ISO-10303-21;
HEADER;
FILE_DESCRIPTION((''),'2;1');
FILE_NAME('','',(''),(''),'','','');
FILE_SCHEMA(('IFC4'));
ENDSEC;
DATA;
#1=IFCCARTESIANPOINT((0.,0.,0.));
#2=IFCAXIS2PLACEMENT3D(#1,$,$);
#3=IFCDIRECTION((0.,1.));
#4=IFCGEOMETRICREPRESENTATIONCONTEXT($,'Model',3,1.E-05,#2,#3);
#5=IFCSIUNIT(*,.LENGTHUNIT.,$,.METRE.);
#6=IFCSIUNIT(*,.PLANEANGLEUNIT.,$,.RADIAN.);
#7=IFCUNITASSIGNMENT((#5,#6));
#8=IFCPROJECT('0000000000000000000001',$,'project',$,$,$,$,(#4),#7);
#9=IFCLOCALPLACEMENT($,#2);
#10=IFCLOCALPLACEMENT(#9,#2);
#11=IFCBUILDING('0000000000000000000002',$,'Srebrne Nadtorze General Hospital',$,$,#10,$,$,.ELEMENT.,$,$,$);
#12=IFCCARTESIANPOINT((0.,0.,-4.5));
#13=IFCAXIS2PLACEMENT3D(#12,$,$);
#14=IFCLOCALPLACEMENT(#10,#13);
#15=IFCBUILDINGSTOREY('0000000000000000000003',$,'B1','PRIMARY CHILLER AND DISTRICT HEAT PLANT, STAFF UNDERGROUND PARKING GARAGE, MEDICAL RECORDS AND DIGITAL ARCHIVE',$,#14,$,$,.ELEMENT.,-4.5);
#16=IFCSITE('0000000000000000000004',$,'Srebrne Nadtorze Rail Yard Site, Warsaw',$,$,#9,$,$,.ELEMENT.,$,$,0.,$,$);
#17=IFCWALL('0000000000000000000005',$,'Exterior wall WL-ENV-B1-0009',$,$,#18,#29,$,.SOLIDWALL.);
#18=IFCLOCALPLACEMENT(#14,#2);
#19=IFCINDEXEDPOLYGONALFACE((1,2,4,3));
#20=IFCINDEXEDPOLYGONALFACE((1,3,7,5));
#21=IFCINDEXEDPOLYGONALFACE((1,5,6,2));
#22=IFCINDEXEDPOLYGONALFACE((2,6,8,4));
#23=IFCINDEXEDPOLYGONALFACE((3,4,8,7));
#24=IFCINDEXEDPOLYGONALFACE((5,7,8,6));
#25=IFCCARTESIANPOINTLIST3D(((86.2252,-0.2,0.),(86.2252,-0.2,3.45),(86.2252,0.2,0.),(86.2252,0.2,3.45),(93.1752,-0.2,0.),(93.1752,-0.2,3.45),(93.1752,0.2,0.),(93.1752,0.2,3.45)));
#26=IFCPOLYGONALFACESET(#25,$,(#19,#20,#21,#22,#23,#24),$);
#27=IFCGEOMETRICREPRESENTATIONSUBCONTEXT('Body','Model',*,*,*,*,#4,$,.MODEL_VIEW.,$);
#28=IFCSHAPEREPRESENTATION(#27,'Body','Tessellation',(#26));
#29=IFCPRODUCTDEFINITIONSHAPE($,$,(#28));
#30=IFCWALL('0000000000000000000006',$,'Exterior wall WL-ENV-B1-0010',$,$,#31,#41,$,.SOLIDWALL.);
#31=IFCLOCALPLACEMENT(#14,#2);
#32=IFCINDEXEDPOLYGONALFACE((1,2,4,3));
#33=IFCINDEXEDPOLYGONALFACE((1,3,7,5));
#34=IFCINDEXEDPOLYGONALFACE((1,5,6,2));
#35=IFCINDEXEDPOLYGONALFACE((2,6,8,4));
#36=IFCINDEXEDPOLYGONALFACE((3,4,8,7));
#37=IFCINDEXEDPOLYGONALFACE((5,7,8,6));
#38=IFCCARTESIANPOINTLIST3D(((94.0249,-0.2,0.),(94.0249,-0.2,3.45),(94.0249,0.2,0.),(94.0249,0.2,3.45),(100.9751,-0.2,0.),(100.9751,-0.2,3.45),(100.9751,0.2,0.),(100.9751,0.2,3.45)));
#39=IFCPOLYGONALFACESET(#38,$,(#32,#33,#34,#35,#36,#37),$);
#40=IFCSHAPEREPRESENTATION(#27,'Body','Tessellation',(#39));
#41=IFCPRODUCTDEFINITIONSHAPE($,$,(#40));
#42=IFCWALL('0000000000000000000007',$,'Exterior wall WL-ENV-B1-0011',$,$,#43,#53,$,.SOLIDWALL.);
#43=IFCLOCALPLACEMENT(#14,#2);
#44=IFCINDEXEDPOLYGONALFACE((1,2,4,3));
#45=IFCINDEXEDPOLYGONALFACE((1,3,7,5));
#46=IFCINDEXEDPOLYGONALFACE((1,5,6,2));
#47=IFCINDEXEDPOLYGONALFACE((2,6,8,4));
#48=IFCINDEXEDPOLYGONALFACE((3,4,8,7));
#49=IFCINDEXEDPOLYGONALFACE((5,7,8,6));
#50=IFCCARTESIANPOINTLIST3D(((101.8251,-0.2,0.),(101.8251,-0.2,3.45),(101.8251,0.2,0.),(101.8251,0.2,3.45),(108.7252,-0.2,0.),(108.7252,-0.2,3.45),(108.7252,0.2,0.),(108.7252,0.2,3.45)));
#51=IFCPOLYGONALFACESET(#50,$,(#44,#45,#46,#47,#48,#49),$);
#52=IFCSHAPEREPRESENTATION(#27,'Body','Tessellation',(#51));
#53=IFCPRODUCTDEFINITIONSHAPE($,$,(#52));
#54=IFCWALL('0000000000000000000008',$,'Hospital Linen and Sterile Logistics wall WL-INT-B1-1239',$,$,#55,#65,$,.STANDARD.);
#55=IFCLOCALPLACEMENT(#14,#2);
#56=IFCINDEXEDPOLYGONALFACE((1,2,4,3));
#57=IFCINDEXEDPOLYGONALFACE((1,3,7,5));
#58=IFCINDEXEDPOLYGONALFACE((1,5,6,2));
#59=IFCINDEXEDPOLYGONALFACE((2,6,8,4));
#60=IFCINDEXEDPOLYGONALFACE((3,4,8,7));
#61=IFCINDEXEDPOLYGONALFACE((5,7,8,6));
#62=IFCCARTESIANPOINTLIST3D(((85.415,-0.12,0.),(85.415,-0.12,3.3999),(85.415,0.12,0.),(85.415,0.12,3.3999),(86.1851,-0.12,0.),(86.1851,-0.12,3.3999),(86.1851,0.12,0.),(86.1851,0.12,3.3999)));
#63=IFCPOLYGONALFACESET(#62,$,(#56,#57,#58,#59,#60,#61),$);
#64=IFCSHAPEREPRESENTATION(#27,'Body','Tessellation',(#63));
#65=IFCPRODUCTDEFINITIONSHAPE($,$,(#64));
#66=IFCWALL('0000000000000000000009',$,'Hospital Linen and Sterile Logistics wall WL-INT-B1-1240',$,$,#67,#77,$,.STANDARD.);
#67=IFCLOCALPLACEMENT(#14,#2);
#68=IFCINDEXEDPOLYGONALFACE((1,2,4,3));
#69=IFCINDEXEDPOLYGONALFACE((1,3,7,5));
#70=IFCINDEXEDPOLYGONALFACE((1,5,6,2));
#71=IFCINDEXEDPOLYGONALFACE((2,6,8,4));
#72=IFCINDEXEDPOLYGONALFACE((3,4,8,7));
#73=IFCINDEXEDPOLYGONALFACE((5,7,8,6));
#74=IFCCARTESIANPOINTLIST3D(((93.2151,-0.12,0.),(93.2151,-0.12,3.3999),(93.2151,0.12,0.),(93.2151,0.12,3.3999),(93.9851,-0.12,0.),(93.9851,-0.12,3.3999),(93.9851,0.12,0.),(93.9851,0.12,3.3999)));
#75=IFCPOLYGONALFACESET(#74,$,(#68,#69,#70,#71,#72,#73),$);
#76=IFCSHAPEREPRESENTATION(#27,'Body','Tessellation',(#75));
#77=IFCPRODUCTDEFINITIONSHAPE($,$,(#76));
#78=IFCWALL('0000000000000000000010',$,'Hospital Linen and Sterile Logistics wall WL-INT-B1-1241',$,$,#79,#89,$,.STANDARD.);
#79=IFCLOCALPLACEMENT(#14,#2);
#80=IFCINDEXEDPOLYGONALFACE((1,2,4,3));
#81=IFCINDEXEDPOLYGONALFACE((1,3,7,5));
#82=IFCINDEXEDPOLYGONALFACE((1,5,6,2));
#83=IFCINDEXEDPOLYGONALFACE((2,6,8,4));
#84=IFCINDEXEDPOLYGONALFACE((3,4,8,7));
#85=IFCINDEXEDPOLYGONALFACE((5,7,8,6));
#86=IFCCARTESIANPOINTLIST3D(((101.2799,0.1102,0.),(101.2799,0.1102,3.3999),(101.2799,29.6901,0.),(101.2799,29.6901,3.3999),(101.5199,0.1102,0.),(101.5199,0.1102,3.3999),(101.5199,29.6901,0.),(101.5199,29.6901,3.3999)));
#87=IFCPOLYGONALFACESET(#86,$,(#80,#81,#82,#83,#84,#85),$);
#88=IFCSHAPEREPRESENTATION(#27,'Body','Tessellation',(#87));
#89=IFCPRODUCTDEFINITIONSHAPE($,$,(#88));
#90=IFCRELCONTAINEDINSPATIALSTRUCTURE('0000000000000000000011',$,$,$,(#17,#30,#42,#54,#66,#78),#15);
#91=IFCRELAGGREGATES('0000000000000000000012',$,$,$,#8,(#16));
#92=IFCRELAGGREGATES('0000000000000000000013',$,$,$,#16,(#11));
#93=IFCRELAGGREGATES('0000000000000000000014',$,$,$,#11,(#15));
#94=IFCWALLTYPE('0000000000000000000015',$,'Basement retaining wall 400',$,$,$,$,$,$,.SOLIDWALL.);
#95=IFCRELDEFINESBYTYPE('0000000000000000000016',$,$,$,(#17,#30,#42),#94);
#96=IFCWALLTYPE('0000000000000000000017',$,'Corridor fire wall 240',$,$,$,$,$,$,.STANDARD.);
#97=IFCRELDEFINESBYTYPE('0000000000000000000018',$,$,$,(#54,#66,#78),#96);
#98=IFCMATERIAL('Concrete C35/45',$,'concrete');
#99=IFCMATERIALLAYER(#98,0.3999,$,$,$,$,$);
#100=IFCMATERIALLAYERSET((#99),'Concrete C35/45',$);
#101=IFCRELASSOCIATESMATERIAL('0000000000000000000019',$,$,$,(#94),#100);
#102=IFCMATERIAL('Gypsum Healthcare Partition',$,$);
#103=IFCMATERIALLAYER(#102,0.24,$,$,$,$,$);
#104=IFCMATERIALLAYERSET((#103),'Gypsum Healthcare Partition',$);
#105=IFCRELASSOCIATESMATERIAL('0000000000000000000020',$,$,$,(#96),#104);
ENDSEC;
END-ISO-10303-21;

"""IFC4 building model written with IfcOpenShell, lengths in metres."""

from ifc_helpers import new_model, si_unit, direction, frame, frame_2d, origin, place, context, subcontext, project, spatial, rectangle, extrude, material, layer, layer_set, type_object, element, save


model = new_model("IFC4")

# Units and contexts
model_context = context("Model", 3, precision=1e-05, world=origin(), true_north=direction((0.0, 1.0)))
body_context = subcontext(model_context, "Body", "Model", "MODEL_VIEW")
ifc_project = project(units=[si_unit("LENGTHUNIT", "METRE"), si_unit("PLANEANGLEUNIT", "RADIAN")], contexts=[model_context])

# Site, building, storey
site_placement = place(None, origin())
site = spatial("IfcSite", under=ifc_project, at=site_placement, Name="Srebrne Nadtorze Rail Yard Site, Warsaw", CompositionType="ELEMENT", RefElevation=0.0)
building_placement = place(site_placement, origin())
building = spatial("IfcBuilding", under=site, at=building_placement, Name="Srebrne Nadtorze General Hospital", CompositionType="ELEMENT")
storey_placement = place(building_placement, frame((0.0, 0.0, -4.5)))
storey = spatial("IfcBuildingStorey", under=building, at=storey_placement, Name="B1", Description="PRIMARY CHILLER AND DISTRICT HEAT PLANT, STAFF UNDERGROUND PARKING GARAGE, MEDICAL RECORDS AND DIGITAL ARCHIVE", CompositionType="ELEMENT", Elevation=-4.5)

# Walls
ifc_material_1 = material(Name="Concrete C35/45", Category="concrete")
ifc_layer_1 = layer(ifc_material_1, 0.3999)
ifc_layer_set_1 = layer_set([ifc_layer_1], Name="Concrete C35/45")
wall_type_1 = type_object("IfcWallType", Name="Basement retaining wall 400", PredefinedType="SOLIDWALL", material=ifc_layer_set_1)
wall_1_placement = place(storey_placement, frame((86.2251, 0.0, 0.0), z_axis=(0.0, 0.0, 1.0), x_axis=(1.0, 0.0, 0.0)))
element("IfcWall", 1, at=wall_1_placement, inside=storey, type_object=wall_type_1, Name="Exterior wall WL-ENV-B1-0009", PredefinedType="SOLIDWALL", context=body_context, shape_type="SweptSolid", body=[
    extrude(rectangle(XDim=6.95, YDim=0.3999, at=frame_2d((3.4751, 0.0))), origin(), (0.0, 0.0, 1.0), 3.45),
])
wall_2_placement = place(storey_placement, frame((94.0249, 0.0, 0.0), z_axis=(0.0, 0.0, 1.0), x_axis=(1.0, 0.0, 0.0)))
element("IfcWall", 2, at=wall_2_placement, inside=storey, type_object=wall_type_1, Name="Exterior wall WL-ENV-B1-0010", PredefinedType="SOLIDWALL", context=body_context, shape_type="SweptSolid", body=[
    extrude(rectangle(XDim=6.9502, YDim=0.3999, at=frame_2d((3.4751, 0.0))), origin(), (0.0, 0.0, 1.0), 3.45),
])
wall_3_placement = place(storey_placement, frame((101.825, 0.0, 0.0), z_axis=(0.0, 0.0, 1.0), x_axis=(1.0, 0.0, 0.0)))
element("IfcWall", 3, at=wall_3_placement, inside=storey, type_object=wall_type_1, Name="Exterior wall WL-ENV-B1-0011", PredefinedType="SOLIDWALL", context=body_context, shape_type="SweptSolid", body=[
    extrude(rectangle(XDim=6.9001, YDim=0.3999, at=frame_2d((3.4502, 0.0))), origin(), (0.0, 0.0, 1.0), 3.45),
])
ifc_material_2 = material(Name="Gypsum Healthcare Partition")
ifc_layer_2 = layer(ifc_material_2, 0.24)
ifc_layer_set_2 = layer_set([ifc_layer_2], Name="Gypsum Healthcare Partition")
wall_type_2 = type_object("IfcWallType", Name="Corridor fire wall 240", PredefinedType="STANDARD", material=ifc_layer_set_2)
for number, where, z_axis, x_axis, name in (
    (4, (85.415, 0.0, 0.0), (0.0, 0.0, 1.0), (1.0, 0.0, 0.0), "Hospital Linen and Sterile Logistics wall WL-INT-B1-1239"),
    (5, (93.2151, 0.0, 0.0), (0.0, 0.0, 1.0), (1.0, 0.0, 0.0), "Hospital Linen and Sterile Logistics wall WL-INT-B1-1240"),
):
    element("IfcWall", number, at=place(storey_placement, frame(where, z_axis=z_axis, x_axis=x_axis)), inside=storey, type_object=wall_type_2, Name=name, PredefinedType="STANDARD", context=body_context, shape_type="SweptSolid", body=[
        extrude(rectangle(XDim=0.77, YDim=0.24, at=frame_2d((0.385, 0.0))), origin(), (0.0, 0.0, 1.0), 3.3999),
    ])
wall_4_placement = place(storey_placement, frame((101.3999, 0.1101, 0.0), z_axis=(0.0, 0.0, 1.0), x_axis=(0.0, 1.0, 0.0)))
element("IfcWall", 6, at=wall_4_placement, inside=storey, type_object=wall_type_2, Name="Hospital Linen and Sterile Logistics wall WL-INT-B1-1241", PredefinedType="STANDARD", context=body_context, shape_type="SweptSolid", body=[
    extrude(rectangle(XDim=29.5798, YDim=0.24, at=frame_2d((14.79, 0.0))), origin(), (0.0, 0.0, 1.0), 3.3999),
])

save(model, "model.ifc")
